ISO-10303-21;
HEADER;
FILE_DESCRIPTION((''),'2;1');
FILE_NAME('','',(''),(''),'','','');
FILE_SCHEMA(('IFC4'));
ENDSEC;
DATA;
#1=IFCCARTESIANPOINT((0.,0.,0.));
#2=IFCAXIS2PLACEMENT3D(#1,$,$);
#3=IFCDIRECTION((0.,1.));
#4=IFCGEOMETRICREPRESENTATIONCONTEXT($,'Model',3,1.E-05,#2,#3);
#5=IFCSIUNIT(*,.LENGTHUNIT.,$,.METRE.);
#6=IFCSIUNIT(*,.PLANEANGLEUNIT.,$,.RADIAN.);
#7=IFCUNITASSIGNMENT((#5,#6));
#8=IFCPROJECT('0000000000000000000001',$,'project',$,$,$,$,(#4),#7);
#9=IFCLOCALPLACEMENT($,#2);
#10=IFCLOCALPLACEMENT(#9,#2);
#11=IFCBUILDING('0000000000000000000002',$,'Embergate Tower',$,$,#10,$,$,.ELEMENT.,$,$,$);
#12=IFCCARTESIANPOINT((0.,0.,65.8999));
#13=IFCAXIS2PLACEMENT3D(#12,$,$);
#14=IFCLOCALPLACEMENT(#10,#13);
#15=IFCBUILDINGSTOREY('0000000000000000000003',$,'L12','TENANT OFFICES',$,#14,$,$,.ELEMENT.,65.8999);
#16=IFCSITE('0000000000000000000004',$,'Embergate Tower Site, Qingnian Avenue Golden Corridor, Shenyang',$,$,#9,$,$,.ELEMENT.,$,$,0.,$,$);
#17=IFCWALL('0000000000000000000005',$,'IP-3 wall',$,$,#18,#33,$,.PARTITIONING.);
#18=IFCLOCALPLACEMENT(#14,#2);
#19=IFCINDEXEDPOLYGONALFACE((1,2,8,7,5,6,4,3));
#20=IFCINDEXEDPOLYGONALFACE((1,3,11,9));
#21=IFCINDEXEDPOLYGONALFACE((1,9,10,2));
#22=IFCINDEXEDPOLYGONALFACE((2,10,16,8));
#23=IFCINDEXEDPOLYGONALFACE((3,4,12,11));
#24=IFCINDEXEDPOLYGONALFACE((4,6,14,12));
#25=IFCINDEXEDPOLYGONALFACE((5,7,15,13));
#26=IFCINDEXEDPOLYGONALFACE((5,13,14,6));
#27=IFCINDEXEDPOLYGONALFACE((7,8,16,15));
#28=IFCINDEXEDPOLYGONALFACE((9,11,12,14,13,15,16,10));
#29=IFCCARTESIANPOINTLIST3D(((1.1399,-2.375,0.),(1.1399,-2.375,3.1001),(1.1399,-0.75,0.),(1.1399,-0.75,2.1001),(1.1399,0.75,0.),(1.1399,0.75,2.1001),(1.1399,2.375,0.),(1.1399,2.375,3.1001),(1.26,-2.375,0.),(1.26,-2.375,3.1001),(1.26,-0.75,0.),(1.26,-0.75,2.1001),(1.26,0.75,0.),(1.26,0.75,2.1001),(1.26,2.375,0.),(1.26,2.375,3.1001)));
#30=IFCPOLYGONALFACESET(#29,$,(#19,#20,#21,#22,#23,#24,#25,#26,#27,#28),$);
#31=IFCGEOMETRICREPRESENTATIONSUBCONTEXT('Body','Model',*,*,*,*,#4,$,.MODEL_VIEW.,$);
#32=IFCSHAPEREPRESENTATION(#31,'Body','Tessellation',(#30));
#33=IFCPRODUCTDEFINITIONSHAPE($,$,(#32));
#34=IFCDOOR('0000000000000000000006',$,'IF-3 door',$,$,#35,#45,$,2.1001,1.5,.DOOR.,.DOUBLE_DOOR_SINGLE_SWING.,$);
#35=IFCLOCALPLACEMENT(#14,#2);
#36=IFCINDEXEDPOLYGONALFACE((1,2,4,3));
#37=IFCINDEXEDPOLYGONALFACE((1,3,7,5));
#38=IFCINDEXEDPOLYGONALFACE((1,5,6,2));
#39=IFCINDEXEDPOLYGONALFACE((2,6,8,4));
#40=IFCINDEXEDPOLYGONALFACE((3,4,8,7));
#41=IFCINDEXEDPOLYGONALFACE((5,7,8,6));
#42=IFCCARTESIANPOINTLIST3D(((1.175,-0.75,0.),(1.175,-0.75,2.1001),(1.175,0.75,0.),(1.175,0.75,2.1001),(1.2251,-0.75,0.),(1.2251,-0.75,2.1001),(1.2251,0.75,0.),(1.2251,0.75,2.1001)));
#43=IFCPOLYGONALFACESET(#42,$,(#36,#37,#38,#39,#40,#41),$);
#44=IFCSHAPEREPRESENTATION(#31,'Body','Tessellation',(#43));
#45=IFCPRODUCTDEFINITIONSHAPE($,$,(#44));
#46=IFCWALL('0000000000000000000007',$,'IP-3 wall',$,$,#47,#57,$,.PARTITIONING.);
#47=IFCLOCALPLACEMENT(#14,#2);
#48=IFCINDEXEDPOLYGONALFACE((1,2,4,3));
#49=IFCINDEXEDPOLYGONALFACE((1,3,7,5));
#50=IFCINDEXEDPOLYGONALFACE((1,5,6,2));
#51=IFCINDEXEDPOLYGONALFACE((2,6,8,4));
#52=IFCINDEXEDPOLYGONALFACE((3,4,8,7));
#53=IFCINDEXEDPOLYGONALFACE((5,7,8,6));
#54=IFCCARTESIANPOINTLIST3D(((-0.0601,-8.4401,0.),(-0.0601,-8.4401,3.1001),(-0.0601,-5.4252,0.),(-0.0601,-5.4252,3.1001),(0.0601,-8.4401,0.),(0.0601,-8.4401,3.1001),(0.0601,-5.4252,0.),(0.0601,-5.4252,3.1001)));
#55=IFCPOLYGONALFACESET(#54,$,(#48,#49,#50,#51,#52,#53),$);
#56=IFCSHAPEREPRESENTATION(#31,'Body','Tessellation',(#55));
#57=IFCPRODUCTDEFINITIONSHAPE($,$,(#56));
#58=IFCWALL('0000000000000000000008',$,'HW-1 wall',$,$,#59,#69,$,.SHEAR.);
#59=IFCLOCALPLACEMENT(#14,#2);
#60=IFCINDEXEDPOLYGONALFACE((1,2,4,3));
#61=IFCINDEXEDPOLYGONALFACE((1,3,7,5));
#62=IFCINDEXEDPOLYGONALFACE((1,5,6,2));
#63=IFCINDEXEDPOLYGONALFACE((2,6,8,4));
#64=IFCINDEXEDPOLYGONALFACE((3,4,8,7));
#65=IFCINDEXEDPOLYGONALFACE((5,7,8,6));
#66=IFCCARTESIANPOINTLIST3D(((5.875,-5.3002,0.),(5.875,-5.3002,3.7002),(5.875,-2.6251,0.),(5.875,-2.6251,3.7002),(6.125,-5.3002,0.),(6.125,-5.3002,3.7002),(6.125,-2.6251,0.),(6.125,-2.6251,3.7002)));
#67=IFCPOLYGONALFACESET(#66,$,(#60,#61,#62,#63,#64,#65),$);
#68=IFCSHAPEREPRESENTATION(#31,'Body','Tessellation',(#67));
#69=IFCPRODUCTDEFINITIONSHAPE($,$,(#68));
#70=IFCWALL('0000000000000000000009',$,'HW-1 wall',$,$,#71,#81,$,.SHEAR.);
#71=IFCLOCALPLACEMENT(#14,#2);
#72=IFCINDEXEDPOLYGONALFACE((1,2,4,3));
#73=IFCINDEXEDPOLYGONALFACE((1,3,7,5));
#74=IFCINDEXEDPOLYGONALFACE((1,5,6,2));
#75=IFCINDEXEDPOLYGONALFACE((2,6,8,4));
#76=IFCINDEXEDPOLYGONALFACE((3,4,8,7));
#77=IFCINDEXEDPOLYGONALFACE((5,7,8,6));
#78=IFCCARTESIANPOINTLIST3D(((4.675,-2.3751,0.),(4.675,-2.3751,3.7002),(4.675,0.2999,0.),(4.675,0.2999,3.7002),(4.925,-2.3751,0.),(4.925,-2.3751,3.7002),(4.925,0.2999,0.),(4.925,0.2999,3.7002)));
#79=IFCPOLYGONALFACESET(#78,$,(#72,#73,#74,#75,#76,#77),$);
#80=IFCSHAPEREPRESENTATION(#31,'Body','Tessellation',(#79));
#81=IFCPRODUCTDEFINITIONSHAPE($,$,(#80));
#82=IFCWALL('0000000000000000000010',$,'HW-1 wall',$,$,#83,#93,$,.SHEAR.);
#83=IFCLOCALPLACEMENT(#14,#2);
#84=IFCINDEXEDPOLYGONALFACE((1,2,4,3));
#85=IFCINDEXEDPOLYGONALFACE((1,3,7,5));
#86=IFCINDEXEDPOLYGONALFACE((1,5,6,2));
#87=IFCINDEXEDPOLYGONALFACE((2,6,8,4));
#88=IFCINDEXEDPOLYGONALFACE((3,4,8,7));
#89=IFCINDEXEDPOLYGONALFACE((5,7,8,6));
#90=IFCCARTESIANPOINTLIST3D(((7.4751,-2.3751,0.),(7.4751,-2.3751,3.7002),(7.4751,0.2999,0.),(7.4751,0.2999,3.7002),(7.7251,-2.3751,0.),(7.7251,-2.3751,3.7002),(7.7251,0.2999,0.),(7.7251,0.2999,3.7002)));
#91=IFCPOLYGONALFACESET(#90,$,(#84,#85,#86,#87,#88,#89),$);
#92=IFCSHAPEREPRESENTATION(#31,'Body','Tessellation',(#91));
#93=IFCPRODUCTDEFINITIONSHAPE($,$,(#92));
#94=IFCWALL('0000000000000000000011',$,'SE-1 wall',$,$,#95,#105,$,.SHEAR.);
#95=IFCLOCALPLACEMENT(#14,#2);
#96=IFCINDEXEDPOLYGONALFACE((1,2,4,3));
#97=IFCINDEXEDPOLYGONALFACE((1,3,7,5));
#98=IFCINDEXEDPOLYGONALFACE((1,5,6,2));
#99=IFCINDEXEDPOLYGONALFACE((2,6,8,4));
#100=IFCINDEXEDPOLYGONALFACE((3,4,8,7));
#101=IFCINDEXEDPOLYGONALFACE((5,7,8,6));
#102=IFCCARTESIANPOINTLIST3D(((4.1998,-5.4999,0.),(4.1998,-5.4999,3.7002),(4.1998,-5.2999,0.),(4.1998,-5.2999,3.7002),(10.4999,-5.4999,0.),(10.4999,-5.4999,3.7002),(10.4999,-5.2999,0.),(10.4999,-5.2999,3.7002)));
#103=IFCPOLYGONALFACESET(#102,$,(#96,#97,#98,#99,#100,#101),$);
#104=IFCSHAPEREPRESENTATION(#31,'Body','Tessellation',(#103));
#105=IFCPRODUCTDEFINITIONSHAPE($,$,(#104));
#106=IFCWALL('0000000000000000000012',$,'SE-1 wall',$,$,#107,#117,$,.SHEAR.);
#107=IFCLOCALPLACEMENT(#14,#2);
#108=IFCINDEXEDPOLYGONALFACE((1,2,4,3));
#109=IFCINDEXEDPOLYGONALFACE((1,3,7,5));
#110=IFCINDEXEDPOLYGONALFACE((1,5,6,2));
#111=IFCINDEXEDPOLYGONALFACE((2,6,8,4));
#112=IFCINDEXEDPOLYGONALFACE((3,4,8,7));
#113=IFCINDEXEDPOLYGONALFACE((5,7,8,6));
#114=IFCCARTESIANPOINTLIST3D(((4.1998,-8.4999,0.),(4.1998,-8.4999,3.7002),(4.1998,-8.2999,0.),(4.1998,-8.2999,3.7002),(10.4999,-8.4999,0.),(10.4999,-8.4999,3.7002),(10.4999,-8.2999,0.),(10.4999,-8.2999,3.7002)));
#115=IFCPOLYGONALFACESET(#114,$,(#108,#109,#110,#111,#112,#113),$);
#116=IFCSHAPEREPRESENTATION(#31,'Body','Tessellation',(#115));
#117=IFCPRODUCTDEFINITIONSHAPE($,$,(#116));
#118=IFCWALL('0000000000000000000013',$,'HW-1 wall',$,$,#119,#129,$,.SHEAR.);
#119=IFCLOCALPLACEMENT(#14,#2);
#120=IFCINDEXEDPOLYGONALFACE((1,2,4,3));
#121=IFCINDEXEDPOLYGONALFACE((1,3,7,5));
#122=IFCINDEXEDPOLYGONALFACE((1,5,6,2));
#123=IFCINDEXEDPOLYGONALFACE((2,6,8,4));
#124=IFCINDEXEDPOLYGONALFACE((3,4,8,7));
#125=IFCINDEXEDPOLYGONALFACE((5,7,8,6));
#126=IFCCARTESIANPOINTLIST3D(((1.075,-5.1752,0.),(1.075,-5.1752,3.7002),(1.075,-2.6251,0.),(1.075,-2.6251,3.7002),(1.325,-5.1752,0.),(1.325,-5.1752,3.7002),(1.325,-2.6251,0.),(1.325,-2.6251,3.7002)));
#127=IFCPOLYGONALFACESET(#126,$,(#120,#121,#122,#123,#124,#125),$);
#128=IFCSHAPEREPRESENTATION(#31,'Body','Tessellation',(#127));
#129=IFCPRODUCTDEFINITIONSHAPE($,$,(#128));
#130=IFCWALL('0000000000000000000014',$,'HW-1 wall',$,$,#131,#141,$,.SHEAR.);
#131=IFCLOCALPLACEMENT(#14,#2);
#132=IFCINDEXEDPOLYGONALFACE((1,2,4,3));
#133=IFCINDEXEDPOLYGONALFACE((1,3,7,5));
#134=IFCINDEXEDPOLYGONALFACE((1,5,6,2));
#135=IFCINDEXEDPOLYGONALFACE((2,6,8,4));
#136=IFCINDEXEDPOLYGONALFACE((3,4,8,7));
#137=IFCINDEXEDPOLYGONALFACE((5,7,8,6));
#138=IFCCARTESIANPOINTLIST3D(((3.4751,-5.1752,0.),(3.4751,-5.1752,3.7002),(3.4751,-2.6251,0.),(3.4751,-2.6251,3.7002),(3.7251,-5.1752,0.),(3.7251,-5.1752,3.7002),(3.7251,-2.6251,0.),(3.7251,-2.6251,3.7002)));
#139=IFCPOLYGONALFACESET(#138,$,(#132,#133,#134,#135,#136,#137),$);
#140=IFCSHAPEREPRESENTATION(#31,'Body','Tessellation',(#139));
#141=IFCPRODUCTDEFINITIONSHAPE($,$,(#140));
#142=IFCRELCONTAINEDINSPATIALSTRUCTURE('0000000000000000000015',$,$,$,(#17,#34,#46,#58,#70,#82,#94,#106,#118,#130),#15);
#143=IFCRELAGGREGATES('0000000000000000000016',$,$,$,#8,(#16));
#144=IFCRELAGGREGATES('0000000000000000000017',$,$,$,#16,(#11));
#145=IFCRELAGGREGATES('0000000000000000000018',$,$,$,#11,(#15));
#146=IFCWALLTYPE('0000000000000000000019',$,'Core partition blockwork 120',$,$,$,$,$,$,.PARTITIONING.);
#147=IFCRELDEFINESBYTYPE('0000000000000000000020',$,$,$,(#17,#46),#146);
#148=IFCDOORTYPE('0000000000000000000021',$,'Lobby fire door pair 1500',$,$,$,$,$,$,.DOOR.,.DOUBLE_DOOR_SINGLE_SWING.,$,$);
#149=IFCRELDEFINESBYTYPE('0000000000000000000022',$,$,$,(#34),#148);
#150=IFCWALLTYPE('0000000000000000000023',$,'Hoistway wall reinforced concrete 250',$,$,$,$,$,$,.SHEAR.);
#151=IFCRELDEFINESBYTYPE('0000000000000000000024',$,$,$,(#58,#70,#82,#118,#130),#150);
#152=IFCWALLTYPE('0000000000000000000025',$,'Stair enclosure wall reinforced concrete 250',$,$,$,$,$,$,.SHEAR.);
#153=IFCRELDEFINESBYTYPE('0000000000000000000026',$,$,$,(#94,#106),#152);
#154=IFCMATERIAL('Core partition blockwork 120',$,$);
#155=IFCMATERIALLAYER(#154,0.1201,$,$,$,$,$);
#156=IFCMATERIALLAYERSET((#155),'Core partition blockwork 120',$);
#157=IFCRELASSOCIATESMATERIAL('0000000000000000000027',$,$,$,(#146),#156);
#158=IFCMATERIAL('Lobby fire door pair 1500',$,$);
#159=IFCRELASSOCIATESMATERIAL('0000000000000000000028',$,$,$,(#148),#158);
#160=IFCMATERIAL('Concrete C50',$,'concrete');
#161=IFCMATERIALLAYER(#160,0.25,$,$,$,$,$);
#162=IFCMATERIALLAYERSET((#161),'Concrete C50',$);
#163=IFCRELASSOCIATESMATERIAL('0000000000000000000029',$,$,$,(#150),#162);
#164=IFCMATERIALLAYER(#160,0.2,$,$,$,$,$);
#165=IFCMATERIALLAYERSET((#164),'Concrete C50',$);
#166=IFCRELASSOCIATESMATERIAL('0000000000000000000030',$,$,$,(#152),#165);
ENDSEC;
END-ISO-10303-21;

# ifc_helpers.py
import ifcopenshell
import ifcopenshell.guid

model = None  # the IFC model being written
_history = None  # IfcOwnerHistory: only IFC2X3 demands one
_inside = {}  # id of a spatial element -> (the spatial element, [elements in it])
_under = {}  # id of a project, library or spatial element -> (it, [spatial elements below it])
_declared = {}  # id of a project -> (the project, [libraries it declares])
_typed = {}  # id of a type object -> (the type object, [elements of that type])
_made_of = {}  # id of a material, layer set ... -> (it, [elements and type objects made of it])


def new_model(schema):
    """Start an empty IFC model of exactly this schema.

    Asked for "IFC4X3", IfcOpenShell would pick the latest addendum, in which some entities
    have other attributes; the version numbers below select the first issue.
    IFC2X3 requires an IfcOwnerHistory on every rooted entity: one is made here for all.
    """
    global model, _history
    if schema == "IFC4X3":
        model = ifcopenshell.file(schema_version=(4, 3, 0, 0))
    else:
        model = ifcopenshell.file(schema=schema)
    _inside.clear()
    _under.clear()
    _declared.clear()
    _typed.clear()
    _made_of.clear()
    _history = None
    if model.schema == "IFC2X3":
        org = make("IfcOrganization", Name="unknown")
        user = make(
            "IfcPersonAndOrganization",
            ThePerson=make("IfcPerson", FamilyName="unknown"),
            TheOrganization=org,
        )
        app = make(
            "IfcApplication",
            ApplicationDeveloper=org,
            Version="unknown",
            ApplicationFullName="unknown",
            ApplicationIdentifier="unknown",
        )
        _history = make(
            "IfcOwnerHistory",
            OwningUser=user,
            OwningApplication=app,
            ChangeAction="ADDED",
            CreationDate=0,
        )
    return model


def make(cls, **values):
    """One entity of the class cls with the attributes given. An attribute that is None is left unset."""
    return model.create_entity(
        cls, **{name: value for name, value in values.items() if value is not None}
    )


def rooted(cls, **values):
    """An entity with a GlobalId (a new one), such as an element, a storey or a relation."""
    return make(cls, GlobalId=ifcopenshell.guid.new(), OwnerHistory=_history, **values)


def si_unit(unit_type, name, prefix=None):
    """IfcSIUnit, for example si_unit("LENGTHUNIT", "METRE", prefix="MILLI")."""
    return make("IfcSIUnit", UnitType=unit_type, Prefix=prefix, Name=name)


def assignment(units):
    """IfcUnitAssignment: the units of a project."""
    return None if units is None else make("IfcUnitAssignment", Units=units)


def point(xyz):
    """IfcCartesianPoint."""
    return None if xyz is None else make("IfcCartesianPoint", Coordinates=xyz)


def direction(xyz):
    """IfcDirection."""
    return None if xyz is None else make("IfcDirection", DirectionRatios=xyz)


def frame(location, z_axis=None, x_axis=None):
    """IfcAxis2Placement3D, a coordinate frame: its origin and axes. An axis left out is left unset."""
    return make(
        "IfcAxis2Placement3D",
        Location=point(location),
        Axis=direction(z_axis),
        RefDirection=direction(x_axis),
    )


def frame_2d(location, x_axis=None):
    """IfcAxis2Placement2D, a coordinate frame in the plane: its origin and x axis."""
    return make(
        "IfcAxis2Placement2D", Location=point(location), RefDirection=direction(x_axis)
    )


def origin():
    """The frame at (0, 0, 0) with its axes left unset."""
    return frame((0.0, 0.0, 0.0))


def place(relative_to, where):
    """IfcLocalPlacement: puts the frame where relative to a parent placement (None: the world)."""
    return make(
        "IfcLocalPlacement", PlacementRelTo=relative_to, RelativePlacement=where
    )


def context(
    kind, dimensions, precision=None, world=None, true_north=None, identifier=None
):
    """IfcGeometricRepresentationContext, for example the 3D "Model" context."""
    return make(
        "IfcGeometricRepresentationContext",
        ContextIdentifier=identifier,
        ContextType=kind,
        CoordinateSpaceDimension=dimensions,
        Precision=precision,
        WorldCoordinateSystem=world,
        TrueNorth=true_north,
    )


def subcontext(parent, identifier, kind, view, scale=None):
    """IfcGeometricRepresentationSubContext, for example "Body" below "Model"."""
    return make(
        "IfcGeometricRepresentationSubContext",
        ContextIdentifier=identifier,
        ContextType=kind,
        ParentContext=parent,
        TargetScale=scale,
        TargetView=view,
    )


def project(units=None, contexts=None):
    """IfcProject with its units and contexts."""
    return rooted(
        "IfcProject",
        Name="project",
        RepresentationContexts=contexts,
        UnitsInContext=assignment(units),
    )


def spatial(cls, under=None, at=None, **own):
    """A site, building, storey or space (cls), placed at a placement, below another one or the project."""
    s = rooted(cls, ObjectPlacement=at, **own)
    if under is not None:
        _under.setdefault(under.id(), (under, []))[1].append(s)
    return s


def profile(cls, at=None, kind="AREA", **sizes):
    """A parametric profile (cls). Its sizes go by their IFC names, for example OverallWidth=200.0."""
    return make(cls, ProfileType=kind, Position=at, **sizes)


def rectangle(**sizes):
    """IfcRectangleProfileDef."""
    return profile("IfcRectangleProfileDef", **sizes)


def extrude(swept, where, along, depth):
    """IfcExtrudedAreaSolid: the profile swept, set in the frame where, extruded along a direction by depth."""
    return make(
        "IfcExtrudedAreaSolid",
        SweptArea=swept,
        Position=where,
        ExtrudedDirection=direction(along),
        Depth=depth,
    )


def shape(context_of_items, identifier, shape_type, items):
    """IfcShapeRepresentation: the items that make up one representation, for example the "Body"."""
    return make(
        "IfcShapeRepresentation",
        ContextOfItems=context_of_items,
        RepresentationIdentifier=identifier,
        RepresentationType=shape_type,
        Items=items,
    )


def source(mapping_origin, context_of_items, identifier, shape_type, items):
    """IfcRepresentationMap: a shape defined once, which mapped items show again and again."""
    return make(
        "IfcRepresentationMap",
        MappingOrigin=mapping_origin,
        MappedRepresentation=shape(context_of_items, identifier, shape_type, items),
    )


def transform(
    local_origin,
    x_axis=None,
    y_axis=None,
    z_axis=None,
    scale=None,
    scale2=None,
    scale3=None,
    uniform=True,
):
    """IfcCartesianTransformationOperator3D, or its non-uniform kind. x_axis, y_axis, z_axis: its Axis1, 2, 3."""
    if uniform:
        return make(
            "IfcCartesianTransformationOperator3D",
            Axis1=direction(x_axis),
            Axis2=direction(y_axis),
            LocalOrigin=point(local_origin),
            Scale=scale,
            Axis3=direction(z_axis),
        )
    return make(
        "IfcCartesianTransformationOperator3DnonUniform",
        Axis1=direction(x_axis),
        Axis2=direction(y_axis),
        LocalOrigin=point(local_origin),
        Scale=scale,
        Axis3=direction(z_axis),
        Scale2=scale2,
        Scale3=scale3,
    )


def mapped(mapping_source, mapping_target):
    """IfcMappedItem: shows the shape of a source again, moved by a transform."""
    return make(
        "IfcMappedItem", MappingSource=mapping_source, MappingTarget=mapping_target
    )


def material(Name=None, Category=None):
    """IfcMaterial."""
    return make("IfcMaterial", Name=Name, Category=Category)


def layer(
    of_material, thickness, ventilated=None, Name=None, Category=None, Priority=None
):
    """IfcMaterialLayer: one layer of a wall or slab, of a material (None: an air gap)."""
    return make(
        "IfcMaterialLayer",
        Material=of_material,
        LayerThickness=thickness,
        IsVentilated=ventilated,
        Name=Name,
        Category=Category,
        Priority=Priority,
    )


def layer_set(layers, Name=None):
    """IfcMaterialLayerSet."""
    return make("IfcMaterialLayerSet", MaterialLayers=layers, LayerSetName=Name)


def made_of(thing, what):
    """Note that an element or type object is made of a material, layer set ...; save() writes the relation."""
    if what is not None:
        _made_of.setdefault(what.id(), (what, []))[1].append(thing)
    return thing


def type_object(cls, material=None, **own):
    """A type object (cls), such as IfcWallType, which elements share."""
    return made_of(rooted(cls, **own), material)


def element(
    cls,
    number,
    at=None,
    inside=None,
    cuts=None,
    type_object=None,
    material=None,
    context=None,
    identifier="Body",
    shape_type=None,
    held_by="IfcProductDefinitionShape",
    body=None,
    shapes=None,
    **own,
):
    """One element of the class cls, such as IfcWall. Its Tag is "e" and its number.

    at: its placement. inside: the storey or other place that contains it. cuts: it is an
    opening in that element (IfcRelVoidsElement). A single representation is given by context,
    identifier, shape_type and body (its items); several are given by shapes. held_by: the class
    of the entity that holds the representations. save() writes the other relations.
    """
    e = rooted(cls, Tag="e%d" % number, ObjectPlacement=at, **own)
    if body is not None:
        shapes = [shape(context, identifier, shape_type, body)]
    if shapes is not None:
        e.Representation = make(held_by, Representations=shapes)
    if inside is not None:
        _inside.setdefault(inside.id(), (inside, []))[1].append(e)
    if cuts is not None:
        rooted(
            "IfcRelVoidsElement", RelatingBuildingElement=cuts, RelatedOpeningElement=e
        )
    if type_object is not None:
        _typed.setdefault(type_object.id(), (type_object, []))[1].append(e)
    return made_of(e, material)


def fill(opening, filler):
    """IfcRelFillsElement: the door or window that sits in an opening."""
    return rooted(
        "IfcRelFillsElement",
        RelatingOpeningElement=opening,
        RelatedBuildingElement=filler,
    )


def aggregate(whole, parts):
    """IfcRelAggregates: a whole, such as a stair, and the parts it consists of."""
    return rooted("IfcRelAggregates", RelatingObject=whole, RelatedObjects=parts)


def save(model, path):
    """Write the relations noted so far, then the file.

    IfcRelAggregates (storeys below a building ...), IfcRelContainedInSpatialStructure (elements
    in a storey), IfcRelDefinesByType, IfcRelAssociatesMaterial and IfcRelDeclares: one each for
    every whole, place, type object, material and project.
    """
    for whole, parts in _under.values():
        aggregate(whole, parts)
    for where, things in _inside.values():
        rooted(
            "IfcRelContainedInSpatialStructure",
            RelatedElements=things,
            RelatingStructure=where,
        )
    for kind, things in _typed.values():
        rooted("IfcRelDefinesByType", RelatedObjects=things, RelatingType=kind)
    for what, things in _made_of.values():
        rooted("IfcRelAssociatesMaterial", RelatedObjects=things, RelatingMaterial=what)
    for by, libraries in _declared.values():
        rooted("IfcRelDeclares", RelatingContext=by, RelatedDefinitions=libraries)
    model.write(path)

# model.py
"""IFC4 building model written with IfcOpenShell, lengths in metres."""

from ifc_helpers import new_model, si_unit, direction, frame, frame_2d, origin, place, context, subcontext, project, spatial, rectangle, extrude, source, transform, mapped, material, layer, layer_set, type_object, element, fill, save


model = new_model("IFC4")

# Units and contexts
model_context = context("Model", 3, precision=1e-05, world=origin(), true_north=direction((0.0, 1.0)))
body_context = subcontext(model_context, "Body", "Model", "MODEL_VIEW")
ifc_project = project(units=[si_unit("LENGTHUNIT", "METRE"), si_unit("PLANEANGLEUNIT", "RADIAN")], contexts=[model_context])

# Site, building, storey
site_placement = place(None, origin())
site = spatial("IfcSite", under=ifc_project, at=site_placement, Name="Embergate Tower Site, Qingnian Avenue Golden Corridor, Shenyang", CompositionType="ELEMENT", RefElevation=0.0)
building_placement = place(site_placement, origin())
building = spatial("IfcBuilding", under=site, at=building_placement, Name="Embergate Tower", CompositionType="ELEMENT")
storey_placement = place(building_placement, frame((0.0, 0.0, 65.8999)))
storey = spatial("IfcBuildingStorey", under=building, at=storey_placement, Name="L12", Description="TENANT OFFICES", CompositionType="ELEMENT", Elevation=65.8999)

# Wall, opening, door
ifc_material_1 = material(Name="Core partition blockwork 120")
ifc_layer_1 = layer(ifc_material_1, 0.1201)
ifc_layer_set_1 = layer_set([ifc_layer_1], Name="Core partition blockwork 120")
wall_type_1 = type_object("IfcWallType", Name="Core partition blockwork 120", PredefinedType="PARTITIONING", material=ifc_layer_set_1)
shared_shape_1 = source(origin(), body_context, "Body", "SweptSolid", [
    extrude(rectangle(XDim=4.75, YDim=0.1201, at=frame_2d((2.375, 0.0))), origin(), (0.0, 0.0, 1.0), 3.1001),
])
wall_1_placement = place(storey_placement, frame((1.2, -2.375, 0.0), z_axis=(0.0, 0.0, 1.0), x_axis=(0.0, 1.0, 0.0)))
wall_1 = element("IfcWall", 1, at=wall_1_placement, inside=storey, type_object=wall_type_1, Name="IP-3 wall", PredefinedType="PARTITIONING", context=body_context, shape_type="MappedRepresentation", body=[
    mapped(shared_shape_1, transform((0.0, 0.0, 0.0))),
])
shared_shape_2 = source(origin(), body_context, "Body", "SweptSolid", [
    extrude(rectangle(XDim=1.5, YDim=2.1001, at=frame_2d((0.75, 1.05))), frame((0.0, 0.0701, 0.0), z_axis=(0.0, -1.0, 0.0), x_axis=(1.0, 0.0, 0.0)), (0.0, 0.0, 1.0), 0.1401),
])
opening_1_placement = place(wall_1_placement, frame((1.625, 0.0, 0.0)))
opening_1 = element("IfcOpeningElement", 2, at=opening_1_placement, cuts=wall_1, PredefinedType="OPENING", context=body_context, shape_type="MappedRepresentation", body=[
    mapped(shared_shape_2, transform((0.0, 0.0, 0.0))),
])
ifc_material_2 = material(Name="Lobby fire door pair 1500")
door_type_1 = type_object("IfcDoorType", Name="Lobby fire door pair 1500", OperationType="DOUBLE_DOOR_SINGLE_SWING", PredefinedType="DOOR", material=ifc_material_2)
shared_shape_3 = source(origin(), body_context, "Body", "SweptSolid", [
    extrude(rectangle(XDim=1.5, YDim=2.1001, at=frame_2d((0.75, 1.05))), frame((0.0, 0.0249, 0.0), z_axis=(0.0, -1.0, 0.0), x_axis=(1.0, 0.0, 0.0)), (0.0, 0.0, 1.0), 0.05),
])
door_1_placement = place(opening_1_placement, origin())
door_1 = element("IfcDoor", 3, at=door_1_placement, inside=storey, type_object=door_type_1, Name="IF-3 door", OperationType="DOUBLE_DOOR_SINGLE_SWING", OverallHeight=2.1001, OverallWidth=1.5, PredefinedType="DOOR", context=body_context, shape_type="MappedRepresentation", body=[
    mapped(shared_shape_3, transform((0.0, 0.0, 0.0))),
])
fill(opening_1, door_1)

# Walls
shared_shape_4 = source(origin(), body_context, "Body", "SweptSolid", [
    extrude(rectangle(XDim=3.0149, YDim=0.1201, at=frame_2d((1.5073, 0.0))), origin(), (0.0, 0.0, 1.0), 3.1001),
])
wall_2_placement = place(storey_placement, frame((0.0, -8.4399, 0.0), z_axis=(0.0, 0.0, 1.0), x_axis=(0.0, 1.0, 0.0)))
element("IfcWall", 4, at=wall_2_placement, inside=storey, type_object=wall_type_1, Name="IP-3 wall", PredefinedType="PARTITIONING", context=body_context, shape_type="MappedRepresentation", body=[
    mapped(shared_shape_4, transform((0.0, 0.0, 0.0))),
])
ifc_material_3 = material(Name="Concrete C50", Category="concrete")
ifc_layer_2 = layer(ifc_material_3, 0.25)
ifc_layer_set_2 = layer_set([ifc_layer_2], Name="Concrete C50")
wall_type_2 = type_object("IfcWallType", Name="Hoistway wall reinforced concrete 250", PredefinedType="SHEAR", material=ifc_layer_set_2)
shared_shape_5 = source(origin(), body_context, "Body", "SweptSolid", [
    extrude(rectangle(XDim=2.675, YDim=0.25, at=frame_2d((1.3374, 0.0))), origin(), (0.0, 0.0, 1.0), 3.7002),
])
for number, where, z_axis, x_axis, name in (
    (5, (6.0, -5.3, 0.0), (0.0, 0.0, 1.0), (0.0, 1.0, 0.0), "HW-1 wall"),
    (6, (4.8, -2.375, 0.0), (0.0, 0.0, 1.0), (0.0, 1.0, 0.0), "HW-1 wall"),
    (7, (7.6001, -2.375, 0.0), (0.0, 0.0, 1.0), (0.0, 1.0, 0.0), "HW-1 wall"),
):
    element("IfcWall", number, at=place(storey_placement, frame(where, z_axis=z_axis, x_axis=x_axis)), inside=storey, type_object=wall_type_2, Name=name, PredefinedType="SHEAR", context=body_context, shape_type="MappedRepresentation", body=[
        mapped(shared_shape_5, transform((0.0, 0.0, 0.0))),
    ])
ifc_layer_3 = layer(ifc_material_3, 0.2)
ifc_layer_set_3 = layer_set([ifc_layer_3], Name="Concrete C50")
wall_type_3 = type_object("IfcWallType", Name="Stair enclosure wall reinforced concrete 250", PredefinedType="SHEAR", material=ifc_layer_set_3)
shared_shape_6 = source(origin(), body_context, "Body", "SweptSolid", [
    extrude(rectangle(XDim=6.3, YDim=0.2, at=frame_2d((3.1499, 0.0))), origin(), (0.0, 0.0, 1.0), 3.7002),
])
for number, where, z_axis, x_axis, name in (
    (8, (4.2, -5.3999, 0.0), (0.0, 0.0, 1.0), (1.0, 0.0, 0.0), "SE-1 wall"),
    (9, (4.2, -8.3999, 0.0), (0.0, 0.0, 1.0), (1.0, 0.0, 0.0), "SE-1 wall"),
):
    element("IfcWall", number, at=place(storey_placement, frame(where, z_axis=z_axis, x_axis=x_axis)), inside=storey, type_object=wall_type_3, Name=name, PredefinedType="SHEAR", context=body_context, shape_type="MappedRepresentation", body=[
        mapped(shared_shape_6, transform((0.0, 0.0, 0.0))),
    ])
shared_shape_7 = source(origin(), body_context, "Body", "SweptSolid", [
    extrude(rectangle(XDim=2.55, YDim=0.25, at=frame_2d((1.2749, 0.0))), origin(), (0.0, 0.0, 1.0), 3.7002),
])
for number, where, z_axis, x_axis, name in (
    (10, (1.2, -5.175, 0.0), (0.0, 0.0, 1.0), (0.0, 1.0, 0.0), "HW-1 wall"),
    (11, (3.6001, -5.175, 0.0), (0.0, 0.0, 1.0), (0.0, 1.0, 0.0), "HW-1 wall"),
):
    element("IfcWall", number, at=place(storey_placement, frame(where, z_axis=z_axis, x_axis=x_axis)), inside=storey, type_object=wall_type_2, Name=name, PredefinedType="SHEAR", context=body_context, shape_type="MappedRepresentation", body=[
        mapped(shared_shape_7, transform((0.0, 0.0, 0.0))),
    ])

save(model, "model.ifc")
